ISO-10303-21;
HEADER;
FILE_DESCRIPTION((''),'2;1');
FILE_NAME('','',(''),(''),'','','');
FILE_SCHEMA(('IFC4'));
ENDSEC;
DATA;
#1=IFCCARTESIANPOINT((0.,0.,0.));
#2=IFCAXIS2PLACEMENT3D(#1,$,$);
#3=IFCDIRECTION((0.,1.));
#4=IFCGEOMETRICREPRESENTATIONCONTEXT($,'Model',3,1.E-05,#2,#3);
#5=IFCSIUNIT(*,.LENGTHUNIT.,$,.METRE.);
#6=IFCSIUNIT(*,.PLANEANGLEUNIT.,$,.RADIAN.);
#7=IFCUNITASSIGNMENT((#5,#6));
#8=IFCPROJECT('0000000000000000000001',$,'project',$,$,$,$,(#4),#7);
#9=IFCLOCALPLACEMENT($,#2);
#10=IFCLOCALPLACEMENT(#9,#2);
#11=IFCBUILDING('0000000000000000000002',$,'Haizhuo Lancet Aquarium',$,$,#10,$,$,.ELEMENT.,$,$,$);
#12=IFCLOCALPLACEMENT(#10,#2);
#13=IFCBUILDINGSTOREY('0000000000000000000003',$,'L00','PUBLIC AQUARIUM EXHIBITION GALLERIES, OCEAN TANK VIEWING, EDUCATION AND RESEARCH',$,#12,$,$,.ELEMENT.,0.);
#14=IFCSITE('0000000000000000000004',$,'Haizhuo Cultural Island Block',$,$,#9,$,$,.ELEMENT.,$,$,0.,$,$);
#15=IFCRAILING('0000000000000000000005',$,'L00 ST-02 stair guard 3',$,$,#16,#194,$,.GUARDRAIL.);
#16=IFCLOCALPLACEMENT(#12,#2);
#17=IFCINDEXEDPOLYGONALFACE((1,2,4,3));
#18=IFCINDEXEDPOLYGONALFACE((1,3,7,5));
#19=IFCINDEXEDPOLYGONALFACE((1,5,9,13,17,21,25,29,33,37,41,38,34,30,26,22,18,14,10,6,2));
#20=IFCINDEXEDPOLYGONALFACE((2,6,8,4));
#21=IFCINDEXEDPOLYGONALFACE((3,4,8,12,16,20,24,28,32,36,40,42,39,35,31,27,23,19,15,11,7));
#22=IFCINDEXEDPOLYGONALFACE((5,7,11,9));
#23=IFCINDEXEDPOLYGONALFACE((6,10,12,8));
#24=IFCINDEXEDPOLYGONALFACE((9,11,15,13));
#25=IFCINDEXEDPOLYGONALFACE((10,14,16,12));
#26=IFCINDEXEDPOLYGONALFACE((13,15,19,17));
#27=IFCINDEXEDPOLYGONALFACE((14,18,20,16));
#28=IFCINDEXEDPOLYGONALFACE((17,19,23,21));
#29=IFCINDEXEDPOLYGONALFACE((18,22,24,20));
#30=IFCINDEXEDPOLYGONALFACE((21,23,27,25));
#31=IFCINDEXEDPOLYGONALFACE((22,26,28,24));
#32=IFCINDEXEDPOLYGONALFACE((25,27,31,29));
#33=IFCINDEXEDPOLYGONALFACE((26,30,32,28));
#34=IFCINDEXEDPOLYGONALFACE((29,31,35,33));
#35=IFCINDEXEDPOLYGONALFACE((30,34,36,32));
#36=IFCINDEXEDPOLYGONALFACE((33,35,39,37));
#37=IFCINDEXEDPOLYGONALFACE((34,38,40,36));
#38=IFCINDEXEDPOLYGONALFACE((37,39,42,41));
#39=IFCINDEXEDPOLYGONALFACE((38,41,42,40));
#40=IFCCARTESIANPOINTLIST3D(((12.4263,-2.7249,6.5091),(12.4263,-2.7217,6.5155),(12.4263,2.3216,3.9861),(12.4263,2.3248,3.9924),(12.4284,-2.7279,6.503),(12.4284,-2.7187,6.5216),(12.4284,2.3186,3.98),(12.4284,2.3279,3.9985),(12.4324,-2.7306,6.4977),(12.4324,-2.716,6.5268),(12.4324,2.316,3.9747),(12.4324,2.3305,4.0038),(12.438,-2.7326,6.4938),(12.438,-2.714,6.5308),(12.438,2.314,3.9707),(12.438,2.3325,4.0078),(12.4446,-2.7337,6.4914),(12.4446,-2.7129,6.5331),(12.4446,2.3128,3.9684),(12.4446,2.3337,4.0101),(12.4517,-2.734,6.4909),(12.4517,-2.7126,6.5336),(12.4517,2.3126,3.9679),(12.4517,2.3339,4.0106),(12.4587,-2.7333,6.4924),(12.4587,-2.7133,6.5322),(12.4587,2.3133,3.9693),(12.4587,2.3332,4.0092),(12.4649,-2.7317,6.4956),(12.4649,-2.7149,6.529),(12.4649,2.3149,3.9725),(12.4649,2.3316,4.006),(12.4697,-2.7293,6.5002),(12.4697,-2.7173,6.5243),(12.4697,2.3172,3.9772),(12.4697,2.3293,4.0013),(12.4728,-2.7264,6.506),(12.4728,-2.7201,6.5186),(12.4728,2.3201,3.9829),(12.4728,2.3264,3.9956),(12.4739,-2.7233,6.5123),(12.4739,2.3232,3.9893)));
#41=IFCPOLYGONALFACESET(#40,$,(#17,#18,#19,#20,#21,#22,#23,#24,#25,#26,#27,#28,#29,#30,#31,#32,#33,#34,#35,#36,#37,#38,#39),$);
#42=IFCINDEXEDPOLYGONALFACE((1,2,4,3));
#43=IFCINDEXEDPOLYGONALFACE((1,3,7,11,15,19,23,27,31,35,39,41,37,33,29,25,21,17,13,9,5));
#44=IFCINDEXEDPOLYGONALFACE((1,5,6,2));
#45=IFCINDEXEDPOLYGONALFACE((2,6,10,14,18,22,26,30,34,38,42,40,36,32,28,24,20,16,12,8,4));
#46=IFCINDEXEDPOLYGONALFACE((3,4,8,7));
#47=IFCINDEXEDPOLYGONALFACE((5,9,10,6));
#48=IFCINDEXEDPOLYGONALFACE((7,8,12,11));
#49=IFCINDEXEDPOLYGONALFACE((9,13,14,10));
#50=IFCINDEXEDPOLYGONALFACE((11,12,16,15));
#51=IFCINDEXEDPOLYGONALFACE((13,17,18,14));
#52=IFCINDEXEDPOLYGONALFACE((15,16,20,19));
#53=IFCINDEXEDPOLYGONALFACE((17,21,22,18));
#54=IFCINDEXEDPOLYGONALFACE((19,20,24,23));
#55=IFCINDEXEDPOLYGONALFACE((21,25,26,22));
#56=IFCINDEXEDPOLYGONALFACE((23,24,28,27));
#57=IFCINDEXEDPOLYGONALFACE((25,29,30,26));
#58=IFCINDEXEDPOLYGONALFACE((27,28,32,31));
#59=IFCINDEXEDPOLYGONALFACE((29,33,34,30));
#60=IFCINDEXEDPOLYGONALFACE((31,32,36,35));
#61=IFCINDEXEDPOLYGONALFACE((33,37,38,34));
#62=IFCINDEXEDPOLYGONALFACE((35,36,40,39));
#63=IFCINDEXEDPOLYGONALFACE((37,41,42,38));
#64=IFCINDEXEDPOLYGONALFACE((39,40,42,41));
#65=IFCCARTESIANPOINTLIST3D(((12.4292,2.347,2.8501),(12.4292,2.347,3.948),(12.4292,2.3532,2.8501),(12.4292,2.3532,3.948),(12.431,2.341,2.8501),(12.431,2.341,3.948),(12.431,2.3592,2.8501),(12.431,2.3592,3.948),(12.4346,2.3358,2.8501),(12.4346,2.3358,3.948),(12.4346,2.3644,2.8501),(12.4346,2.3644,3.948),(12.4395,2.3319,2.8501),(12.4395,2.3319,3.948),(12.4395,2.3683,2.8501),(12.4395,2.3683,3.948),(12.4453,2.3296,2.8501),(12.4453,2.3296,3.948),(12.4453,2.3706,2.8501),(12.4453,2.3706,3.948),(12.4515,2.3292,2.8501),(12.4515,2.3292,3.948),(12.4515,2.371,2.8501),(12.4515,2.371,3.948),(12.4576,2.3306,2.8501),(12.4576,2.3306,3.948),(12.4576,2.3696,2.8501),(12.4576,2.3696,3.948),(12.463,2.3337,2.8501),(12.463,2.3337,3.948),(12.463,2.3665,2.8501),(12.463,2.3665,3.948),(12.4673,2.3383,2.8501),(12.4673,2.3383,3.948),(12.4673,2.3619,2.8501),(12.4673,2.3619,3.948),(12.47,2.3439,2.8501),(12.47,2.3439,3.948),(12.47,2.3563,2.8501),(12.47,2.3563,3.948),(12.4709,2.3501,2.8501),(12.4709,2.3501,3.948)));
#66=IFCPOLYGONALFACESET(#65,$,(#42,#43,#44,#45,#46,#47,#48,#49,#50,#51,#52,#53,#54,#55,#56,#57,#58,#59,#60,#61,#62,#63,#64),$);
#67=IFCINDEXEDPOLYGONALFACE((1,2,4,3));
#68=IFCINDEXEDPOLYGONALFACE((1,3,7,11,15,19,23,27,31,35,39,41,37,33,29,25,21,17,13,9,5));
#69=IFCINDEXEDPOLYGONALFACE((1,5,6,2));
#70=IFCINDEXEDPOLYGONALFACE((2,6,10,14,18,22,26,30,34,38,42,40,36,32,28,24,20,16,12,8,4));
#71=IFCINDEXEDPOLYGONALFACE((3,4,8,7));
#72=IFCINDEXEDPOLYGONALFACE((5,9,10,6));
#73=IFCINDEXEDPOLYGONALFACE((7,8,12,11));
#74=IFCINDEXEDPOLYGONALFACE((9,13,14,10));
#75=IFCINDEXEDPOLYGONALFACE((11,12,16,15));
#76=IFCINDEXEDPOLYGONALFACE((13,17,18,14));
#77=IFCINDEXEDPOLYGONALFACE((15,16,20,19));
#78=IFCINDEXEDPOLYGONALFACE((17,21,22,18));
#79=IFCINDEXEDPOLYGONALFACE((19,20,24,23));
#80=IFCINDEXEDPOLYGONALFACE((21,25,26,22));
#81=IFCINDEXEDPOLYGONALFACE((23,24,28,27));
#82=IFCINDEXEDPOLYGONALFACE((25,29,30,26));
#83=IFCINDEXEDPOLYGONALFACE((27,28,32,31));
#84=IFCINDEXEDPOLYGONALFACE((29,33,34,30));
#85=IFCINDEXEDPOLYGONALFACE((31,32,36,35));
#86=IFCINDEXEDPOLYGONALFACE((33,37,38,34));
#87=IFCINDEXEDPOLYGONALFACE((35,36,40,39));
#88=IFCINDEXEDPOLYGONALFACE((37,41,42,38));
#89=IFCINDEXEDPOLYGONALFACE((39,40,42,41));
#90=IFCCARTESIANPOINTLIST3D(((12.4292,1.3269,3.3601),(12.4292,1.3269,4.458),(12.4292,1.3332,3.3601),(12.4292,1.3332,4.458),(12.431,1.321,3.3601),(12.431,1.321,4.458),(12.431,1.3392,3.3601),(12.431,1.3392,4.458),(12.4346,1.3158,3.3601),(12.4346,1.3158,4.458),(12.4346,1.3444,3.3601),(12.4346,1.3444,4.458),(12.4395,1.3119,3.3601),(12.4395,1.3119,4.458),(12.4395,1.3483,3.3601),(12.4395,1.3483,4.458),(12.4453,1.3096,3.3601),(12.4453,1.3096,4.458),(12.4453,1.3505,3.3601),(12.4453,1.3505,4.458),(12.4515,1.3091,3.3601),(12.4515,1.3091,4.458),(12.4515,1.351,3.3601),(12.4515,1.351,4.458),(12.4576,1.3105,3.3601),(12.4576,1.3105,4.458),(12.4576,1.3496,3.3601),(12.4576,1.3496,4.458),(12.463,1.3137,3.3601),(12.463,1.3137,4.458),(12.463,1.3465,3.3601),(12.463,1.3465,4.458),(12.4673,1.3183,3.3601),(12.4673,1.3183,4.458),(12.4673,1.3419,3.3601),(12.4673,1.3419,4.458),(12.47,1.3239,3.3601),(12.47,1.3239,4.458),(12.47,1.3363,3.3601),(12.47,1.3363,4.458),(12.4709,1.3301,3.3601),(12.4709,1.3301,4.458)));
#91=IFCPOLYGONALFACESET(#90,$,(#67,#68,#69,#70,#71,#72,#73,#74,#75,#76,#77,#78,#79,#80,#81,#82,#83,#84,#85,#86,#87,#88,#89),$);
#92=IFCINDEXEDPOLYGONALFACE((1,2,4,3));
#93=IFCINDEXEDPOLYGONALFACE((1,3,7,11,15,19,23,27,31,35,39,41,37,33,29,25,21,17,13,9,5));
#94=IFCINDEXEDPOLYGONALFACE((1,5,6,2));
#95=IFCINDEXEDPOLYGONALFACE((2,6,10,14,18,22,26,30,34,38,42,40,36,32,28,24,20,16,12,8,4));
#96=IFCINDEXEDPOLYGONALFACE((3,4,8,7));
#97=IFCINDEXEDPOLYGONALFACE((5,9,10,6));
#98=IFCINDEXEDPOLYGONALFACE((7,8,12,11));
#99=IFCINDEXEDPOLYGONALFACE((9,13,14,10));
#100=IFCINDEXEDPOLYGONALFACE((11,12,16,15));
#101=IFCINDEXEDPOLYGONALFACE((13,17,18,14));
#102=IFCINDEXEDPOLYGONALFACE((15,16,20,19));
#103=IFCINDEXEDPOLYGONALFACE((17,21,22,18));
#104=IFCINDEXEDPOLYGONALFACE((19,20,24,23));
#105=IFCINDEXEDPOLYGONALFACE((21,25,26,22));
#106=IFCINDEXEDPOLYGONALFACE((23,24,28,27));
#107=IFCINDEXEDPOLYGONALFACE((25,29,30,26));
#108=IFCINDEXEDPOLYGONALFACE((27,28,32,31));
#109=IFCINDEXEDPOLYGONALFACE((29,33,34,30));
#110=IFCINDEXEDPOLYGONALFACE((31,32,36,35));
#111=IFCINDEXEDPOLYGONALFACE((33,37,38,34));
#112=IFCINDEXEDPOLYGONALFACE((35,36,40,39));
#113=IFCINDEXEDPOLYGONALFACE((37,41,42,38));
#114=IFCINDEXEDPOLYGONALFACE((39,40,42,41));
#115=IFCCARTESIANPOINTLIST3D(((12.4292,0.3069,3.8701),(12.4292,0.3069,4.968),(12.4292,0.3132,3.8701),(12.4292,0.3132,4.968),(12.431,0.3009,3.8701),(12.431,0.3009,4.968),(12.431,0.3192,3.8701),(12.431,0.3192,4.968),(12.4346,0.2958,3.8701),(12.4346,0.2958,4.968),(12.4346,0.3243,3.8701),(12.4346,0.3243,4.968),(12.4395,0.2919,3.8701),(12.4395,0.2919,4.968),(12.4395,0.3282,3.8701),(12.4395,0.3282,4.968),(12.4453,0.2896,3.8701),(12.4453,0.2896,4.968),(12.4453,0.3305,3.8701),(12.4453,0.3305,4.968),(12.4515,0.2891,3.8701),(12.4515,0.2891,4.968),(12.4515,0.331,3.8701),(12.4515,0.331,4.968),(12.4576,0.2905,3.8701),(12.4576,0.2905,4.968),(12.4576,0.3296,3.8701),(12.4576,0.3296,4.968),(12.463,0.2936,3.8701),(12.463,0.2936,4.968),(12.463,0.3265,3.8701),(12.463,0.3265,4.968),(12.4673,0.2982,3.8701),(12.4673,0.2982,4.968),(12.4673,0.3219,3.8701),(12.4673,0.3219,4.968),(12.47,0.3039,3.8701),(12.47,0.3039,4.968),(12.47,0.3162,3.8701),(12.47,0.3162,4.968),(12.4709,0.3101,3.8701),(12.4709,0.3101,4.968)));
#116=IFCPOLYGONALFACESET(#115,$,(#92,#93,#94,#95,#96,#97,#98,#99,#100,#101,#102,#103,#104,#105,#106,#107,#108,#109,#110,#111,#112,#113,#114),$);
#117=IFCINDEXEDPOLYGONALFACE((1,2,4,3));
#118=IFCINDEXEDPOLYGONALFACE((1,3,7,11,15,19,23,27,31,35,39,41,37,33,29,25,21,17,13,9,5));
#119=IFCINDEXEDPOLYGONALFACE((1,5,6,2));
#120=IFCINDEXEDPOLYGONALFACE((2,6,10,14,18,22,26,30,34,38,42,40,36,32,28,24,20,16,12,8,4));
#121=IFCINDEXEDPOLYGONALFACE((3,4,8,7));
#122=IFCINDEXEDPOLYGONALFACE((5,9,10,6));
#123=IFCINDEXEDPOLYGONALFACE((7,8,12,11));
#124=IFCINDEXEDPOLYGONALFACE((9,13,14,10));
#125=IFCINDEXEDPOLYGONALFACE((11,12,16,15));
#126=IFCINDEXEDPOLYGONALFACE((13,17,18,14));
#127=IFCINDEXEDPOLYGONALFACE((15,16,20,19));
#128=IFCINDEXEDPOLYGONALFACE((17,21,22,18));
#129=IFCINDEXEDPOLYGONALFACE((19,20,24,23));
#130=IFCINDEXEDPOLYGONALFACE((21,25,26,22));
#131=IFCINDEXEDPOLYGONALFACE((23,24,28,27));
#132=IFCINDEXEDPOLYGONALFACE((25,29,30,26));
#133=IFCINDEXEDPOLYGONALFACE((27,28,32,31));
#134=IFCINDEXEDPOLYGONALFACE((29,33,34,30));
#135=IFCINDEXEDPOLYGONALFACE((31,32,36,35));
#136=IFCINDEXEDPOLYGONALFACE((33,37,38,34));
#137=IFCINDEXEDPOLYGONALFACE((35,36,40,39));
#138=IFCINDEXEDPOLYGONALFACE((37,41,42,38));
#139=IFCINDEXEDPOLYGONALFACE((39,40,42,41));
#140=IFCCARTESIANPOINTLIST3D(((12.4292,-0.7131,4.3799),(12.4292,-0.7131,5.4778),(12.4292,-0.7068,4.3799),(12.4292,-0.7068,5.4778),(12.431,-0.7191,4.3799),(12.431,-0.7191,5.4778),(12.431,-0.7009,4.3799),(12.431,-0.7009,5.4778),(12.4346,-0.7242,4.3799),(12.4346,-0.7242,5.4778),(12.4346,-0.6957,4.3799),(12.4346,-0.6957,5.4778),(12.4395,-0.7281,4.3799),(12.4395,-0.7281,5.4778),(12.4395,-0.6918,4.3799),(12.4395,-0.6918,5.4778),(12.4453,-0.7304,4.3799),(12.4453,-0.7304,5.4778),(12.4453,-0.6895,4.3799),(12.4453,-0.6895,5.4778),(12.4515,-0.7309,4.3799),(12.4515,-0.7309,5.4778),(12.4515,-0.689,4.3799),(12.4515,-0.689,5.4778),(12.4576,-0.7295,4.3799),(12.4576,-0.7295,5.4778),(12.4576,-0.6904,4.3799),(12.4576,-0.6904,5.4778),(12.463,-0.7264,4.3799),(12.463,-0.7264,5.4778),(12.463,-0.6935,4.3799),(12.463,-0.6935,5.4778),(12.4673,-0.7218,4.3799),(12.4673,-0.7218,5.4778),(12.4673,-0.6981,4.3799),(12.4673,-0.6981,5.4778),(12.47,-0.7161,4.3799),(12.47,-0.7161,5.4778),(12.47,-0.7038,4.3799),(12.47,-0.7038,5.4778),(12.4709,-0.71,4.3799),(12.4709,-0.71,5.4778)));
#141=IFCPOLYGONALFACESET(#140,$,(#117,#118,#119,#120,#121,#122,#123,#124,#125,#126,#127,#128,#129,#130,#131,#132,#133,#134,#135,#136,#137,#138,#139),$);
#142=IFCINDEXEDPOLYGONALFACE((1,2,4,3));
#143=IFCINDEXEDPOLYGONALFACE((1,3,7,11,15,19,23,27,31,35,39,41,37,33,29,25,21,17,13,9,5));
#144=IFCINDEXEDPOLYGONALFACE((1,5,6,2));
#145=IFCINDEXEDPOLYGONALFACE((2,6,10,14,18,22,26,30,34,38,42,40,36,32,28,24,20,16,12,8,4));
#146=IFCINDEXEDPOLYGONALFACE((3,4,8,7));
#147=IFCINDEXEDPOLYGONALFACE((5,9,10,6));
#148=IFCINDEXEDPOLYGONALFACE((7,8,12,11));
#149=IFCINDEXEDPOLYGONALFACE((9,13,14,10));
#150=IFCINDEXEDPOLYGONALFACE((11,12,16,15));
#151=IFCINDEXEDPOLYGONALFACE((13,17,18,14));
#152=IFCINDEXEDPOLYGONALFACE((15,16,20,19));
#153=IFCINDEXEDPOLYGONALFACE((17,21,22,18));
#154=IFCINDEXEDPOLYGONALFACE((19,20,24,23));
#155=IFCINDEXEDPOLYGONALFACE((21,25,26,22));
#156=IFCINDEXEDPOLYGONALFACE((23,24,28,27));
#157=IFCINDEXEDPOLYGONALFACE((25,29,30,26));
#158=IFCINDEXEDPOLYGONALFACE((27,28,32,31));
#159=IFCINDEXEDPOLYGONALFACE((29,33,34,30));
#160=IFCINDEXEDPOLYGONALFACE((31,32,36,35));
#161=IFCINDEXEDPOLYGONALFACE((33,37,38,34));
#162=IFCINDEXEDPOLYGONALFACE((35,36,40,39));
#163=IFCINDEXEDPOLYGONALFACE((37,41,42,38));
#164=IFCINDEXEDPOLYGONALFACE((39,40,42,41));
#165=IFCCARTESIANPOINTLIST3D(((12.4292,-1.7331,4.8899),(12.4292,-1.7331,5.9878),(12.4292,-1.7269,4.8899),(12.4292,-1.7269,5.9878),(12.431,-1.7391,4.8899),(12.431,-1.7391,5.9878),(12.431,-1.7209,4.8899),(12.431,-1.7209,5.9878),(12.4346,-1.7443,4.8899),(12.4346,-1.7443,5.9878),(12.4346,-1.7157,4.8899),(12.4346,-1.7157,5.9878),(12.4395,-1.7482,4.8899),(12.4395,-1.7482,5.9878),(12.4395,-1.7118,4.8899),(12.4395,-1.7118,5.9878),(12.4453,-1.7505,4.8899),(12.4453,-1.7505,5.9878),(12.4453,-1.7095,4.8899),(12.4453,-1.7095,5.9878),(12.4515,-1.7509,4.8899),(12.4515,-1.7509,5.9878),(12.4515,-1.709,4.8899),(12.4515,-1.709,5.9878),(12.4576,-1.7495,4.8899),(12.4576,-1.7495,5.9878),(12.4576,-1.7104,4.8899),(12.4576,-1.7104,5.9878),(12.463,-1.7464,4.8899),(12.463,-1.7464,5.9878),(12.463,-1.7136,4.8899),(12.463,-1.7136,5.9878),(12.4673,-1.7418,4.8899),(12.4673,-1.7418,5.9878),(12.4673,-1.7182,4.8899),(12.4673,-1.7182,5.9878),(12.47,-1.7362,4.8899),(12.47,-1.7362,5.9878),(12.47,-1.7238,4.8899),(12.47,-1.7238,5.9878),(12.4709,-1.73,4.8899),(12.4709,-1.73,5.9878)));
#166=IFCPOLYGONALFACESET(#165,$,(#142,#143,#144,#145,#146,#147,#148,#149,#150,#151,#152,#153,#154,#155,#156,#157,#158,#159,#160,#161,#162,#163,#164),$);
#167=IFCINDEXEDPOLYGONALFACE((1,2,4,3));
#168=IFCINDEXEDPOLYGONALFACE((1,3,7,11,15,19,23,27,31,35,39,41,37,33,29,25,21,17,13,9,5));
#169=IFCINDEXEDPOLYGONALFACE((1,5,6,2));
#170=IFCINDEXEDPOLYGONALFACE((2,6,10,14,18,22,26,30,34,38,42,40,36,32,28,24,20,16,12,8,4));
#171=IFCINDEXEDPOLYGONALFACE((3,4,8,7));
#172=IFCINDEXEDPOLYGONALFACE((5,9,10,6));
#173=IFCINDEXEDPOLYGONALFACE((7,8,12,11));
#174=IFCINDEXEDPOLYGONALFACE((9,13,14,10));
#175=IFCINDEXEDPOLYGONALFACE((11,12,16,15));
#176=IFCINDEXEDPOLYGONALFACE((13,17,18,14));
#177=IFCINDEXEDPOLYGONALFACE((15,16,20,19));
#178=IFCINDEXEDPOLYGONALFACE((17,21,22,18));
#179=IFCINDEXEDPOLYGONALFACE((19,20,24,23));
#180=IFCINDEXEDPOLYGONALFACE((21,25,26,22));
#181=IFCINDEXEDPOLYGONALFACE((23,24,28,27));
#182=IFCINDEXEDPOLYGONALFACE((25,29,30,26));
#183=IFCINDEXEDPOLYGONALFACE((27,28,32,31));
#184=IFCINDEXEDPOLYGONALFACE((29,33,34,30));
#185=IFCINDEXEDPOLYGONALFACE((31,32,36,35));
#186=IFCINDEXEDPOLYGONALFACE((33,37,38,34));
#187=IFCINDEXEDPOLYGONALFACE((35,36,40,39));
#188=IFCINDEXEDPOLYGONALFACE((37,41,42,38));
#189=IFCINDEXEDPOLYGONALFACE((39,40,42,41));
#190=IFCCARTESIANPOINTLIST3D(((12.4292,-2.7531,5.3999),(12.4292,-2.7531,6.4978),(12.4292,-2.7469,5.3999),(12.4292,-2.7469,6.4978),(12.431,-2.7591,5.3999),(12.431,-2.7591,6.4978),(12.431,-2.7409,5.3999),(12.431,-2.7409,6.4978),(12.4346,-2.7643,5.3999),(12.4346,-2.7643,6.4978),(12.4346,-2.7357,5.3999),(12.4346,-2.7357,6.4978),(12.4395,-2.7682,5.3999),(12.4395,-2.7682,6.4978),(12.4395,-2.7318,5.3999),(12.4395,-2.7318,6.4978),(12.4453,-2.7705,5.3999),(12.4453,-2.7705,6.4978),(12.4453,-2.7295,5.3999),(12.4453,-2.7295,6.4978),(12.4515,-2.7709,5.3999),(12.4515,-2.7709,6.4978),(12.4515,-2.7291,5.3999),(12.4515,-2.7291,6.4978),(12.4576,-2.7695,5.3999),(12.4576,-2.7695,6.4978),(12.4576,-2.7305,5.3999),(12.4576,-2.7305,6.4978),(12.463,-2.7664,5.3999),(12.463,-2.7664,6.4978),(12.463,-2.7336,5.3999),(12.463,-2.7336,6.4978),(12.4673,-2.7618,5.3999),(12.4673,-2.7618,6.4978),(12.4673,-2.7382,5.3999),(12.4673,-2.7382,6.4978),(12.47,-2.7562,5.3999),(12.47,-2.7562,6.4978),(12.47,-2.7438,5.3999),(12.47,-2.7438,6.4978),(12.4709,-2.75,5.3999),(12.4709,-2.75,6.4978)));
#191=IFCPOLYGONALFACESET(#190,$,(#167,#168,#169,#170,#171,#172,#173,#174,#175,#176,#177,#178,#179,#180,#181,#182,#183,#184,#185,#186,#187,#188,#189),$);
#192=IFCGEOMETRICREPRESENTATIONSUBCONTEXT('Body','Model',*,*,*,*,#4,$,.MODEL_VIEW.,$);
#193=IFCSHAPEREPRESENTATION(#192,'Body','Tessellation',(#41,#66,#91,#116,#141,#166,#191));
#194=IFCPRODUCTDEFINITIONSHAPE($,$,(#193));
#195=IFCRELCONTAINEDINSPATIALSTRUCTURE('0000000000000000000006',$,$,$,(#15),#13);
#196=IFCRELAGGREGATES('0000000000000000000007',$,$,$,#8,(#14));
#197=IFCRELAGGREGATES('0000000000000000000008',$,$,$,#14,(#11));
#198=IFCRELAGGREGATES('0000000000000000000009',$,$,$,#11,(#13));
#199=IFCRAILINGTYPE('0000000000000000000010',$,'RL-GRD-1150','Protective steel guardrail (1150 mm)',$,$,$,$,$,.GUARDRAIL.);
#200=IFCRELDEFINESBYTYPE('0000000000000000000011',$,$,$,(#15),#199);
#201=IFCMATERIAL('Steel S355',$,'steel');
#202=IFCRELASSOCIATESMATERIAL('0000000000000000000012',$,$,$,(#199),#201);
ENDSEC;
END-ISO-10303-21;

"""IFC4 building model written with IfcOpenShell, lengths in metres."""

from ifc_helpers import new_model, si_unit, direction, frame, origin, origin_2d, place, context, subcontext, project, spatial, circle, extrude, material, type_object, element, save


model = new_model("IFC4")

# Units and contexts
model_context = context("Model", 3, precision=1e-05, world=origin(), true_north=direction((0.0, 1.0)))
body_context = subcontext(model_context, "Body", "Model", "MODEL_VIEW")
ifc_project = project(units=[si_unit("LENGTHUNIT", "METRE"), si_unit("PLANEANGLEUNIT", "RADIAN")], contexts=[model_context])

# Site, building, storey
site_placement = place(None, origin())
site = spatial("IfcSite", under=ifc_project, at=site_placement, Name="Haizhuo Cultural Island Block", CompositionType="ELEMENT", RefElevation=0.0)
building_placement = place(site_placement, origin())
building = spatial("IfcBuilding", under=site, at=building_placement, Name="Haizhuo Lancet Aquarium", CompositionType="ELEMENT")
storey_placement = place(building_placement, origin())
storey = spatial("IfcBuildingStorey", under=building, at=storey_placement, Name="L00", Description="PUBLIC AQUARIUM EXHIBITION GALLERIES, OCEAN TANK VIEWING, EDUCATION AND RESEARCH", CompositionType="ELEMENT", Elevation=0.0)

# Shared definitions
ifc_material_1 = material(Name="Steel S355", Category="steel")

# Railing
railing_type_1 = type_object("IfcRailingType", Name="RL-GRD-1150", Description="Protective steel guardrail (1150 mm)", PredefinedType="GUARDRAIL", material=ifc_material_1)
railing_1_placement = place(storey_placement, frame((12.45, 2.3501, 2.8501)))
element("IfcRailing", 1, at=railing_1_placement, inside=storey, type_object=railing_type_1, Name="L00 ST-02 stair guard 3", PredefinedType="GUARDRAIL", context=body_context, shape_type="SweptSolid", body=[
    extrude(circle(Radius=0.0239, at=origin_2d()), frame((0.0, -0.0269, 1.1392), z_axis=(0.0, -0.894444, 0.447179), x_axis=(1.0, 0.0, 0.0)), (0.0, 0.0, 1.0), 5.6421),
    extrude(circle(Radius=0.021, at=origin_2d()), origin(), (0.0, 0.0, 1.0), 1.0979),
    extrude(circle(Radius=0.021, at=origin_2d()), frame((0.0, -1.02, 0.51)), (0.0, 0.0, 1.0), 1.0979),
    extrude(circle(Radius=0.021, at=origin_2d()), frame((0.0, -2.04, 1.02)), (0.0, 0.0, 1.0), 1.0979),
    extrude(circle(Radius=0.021, at=origin_2d()), frame((0.0, -3.0601, 1.5298)), (0.0, 0.0, 1.0), 1.0979),
    extrude(circle(Radius=0.021, at=origin_2d()), frame((0.0, -4.0801, 2.0398)), (0.0, 0.0, 1.0), 1.0979),
    extrude(circle(Radius=0.021, at=origin_2d()), frame((0.0, -5.1001, 2.5498)), (0.0, 0.0, 1.0), 1.0979),
])

save(model, "model.ifc")
